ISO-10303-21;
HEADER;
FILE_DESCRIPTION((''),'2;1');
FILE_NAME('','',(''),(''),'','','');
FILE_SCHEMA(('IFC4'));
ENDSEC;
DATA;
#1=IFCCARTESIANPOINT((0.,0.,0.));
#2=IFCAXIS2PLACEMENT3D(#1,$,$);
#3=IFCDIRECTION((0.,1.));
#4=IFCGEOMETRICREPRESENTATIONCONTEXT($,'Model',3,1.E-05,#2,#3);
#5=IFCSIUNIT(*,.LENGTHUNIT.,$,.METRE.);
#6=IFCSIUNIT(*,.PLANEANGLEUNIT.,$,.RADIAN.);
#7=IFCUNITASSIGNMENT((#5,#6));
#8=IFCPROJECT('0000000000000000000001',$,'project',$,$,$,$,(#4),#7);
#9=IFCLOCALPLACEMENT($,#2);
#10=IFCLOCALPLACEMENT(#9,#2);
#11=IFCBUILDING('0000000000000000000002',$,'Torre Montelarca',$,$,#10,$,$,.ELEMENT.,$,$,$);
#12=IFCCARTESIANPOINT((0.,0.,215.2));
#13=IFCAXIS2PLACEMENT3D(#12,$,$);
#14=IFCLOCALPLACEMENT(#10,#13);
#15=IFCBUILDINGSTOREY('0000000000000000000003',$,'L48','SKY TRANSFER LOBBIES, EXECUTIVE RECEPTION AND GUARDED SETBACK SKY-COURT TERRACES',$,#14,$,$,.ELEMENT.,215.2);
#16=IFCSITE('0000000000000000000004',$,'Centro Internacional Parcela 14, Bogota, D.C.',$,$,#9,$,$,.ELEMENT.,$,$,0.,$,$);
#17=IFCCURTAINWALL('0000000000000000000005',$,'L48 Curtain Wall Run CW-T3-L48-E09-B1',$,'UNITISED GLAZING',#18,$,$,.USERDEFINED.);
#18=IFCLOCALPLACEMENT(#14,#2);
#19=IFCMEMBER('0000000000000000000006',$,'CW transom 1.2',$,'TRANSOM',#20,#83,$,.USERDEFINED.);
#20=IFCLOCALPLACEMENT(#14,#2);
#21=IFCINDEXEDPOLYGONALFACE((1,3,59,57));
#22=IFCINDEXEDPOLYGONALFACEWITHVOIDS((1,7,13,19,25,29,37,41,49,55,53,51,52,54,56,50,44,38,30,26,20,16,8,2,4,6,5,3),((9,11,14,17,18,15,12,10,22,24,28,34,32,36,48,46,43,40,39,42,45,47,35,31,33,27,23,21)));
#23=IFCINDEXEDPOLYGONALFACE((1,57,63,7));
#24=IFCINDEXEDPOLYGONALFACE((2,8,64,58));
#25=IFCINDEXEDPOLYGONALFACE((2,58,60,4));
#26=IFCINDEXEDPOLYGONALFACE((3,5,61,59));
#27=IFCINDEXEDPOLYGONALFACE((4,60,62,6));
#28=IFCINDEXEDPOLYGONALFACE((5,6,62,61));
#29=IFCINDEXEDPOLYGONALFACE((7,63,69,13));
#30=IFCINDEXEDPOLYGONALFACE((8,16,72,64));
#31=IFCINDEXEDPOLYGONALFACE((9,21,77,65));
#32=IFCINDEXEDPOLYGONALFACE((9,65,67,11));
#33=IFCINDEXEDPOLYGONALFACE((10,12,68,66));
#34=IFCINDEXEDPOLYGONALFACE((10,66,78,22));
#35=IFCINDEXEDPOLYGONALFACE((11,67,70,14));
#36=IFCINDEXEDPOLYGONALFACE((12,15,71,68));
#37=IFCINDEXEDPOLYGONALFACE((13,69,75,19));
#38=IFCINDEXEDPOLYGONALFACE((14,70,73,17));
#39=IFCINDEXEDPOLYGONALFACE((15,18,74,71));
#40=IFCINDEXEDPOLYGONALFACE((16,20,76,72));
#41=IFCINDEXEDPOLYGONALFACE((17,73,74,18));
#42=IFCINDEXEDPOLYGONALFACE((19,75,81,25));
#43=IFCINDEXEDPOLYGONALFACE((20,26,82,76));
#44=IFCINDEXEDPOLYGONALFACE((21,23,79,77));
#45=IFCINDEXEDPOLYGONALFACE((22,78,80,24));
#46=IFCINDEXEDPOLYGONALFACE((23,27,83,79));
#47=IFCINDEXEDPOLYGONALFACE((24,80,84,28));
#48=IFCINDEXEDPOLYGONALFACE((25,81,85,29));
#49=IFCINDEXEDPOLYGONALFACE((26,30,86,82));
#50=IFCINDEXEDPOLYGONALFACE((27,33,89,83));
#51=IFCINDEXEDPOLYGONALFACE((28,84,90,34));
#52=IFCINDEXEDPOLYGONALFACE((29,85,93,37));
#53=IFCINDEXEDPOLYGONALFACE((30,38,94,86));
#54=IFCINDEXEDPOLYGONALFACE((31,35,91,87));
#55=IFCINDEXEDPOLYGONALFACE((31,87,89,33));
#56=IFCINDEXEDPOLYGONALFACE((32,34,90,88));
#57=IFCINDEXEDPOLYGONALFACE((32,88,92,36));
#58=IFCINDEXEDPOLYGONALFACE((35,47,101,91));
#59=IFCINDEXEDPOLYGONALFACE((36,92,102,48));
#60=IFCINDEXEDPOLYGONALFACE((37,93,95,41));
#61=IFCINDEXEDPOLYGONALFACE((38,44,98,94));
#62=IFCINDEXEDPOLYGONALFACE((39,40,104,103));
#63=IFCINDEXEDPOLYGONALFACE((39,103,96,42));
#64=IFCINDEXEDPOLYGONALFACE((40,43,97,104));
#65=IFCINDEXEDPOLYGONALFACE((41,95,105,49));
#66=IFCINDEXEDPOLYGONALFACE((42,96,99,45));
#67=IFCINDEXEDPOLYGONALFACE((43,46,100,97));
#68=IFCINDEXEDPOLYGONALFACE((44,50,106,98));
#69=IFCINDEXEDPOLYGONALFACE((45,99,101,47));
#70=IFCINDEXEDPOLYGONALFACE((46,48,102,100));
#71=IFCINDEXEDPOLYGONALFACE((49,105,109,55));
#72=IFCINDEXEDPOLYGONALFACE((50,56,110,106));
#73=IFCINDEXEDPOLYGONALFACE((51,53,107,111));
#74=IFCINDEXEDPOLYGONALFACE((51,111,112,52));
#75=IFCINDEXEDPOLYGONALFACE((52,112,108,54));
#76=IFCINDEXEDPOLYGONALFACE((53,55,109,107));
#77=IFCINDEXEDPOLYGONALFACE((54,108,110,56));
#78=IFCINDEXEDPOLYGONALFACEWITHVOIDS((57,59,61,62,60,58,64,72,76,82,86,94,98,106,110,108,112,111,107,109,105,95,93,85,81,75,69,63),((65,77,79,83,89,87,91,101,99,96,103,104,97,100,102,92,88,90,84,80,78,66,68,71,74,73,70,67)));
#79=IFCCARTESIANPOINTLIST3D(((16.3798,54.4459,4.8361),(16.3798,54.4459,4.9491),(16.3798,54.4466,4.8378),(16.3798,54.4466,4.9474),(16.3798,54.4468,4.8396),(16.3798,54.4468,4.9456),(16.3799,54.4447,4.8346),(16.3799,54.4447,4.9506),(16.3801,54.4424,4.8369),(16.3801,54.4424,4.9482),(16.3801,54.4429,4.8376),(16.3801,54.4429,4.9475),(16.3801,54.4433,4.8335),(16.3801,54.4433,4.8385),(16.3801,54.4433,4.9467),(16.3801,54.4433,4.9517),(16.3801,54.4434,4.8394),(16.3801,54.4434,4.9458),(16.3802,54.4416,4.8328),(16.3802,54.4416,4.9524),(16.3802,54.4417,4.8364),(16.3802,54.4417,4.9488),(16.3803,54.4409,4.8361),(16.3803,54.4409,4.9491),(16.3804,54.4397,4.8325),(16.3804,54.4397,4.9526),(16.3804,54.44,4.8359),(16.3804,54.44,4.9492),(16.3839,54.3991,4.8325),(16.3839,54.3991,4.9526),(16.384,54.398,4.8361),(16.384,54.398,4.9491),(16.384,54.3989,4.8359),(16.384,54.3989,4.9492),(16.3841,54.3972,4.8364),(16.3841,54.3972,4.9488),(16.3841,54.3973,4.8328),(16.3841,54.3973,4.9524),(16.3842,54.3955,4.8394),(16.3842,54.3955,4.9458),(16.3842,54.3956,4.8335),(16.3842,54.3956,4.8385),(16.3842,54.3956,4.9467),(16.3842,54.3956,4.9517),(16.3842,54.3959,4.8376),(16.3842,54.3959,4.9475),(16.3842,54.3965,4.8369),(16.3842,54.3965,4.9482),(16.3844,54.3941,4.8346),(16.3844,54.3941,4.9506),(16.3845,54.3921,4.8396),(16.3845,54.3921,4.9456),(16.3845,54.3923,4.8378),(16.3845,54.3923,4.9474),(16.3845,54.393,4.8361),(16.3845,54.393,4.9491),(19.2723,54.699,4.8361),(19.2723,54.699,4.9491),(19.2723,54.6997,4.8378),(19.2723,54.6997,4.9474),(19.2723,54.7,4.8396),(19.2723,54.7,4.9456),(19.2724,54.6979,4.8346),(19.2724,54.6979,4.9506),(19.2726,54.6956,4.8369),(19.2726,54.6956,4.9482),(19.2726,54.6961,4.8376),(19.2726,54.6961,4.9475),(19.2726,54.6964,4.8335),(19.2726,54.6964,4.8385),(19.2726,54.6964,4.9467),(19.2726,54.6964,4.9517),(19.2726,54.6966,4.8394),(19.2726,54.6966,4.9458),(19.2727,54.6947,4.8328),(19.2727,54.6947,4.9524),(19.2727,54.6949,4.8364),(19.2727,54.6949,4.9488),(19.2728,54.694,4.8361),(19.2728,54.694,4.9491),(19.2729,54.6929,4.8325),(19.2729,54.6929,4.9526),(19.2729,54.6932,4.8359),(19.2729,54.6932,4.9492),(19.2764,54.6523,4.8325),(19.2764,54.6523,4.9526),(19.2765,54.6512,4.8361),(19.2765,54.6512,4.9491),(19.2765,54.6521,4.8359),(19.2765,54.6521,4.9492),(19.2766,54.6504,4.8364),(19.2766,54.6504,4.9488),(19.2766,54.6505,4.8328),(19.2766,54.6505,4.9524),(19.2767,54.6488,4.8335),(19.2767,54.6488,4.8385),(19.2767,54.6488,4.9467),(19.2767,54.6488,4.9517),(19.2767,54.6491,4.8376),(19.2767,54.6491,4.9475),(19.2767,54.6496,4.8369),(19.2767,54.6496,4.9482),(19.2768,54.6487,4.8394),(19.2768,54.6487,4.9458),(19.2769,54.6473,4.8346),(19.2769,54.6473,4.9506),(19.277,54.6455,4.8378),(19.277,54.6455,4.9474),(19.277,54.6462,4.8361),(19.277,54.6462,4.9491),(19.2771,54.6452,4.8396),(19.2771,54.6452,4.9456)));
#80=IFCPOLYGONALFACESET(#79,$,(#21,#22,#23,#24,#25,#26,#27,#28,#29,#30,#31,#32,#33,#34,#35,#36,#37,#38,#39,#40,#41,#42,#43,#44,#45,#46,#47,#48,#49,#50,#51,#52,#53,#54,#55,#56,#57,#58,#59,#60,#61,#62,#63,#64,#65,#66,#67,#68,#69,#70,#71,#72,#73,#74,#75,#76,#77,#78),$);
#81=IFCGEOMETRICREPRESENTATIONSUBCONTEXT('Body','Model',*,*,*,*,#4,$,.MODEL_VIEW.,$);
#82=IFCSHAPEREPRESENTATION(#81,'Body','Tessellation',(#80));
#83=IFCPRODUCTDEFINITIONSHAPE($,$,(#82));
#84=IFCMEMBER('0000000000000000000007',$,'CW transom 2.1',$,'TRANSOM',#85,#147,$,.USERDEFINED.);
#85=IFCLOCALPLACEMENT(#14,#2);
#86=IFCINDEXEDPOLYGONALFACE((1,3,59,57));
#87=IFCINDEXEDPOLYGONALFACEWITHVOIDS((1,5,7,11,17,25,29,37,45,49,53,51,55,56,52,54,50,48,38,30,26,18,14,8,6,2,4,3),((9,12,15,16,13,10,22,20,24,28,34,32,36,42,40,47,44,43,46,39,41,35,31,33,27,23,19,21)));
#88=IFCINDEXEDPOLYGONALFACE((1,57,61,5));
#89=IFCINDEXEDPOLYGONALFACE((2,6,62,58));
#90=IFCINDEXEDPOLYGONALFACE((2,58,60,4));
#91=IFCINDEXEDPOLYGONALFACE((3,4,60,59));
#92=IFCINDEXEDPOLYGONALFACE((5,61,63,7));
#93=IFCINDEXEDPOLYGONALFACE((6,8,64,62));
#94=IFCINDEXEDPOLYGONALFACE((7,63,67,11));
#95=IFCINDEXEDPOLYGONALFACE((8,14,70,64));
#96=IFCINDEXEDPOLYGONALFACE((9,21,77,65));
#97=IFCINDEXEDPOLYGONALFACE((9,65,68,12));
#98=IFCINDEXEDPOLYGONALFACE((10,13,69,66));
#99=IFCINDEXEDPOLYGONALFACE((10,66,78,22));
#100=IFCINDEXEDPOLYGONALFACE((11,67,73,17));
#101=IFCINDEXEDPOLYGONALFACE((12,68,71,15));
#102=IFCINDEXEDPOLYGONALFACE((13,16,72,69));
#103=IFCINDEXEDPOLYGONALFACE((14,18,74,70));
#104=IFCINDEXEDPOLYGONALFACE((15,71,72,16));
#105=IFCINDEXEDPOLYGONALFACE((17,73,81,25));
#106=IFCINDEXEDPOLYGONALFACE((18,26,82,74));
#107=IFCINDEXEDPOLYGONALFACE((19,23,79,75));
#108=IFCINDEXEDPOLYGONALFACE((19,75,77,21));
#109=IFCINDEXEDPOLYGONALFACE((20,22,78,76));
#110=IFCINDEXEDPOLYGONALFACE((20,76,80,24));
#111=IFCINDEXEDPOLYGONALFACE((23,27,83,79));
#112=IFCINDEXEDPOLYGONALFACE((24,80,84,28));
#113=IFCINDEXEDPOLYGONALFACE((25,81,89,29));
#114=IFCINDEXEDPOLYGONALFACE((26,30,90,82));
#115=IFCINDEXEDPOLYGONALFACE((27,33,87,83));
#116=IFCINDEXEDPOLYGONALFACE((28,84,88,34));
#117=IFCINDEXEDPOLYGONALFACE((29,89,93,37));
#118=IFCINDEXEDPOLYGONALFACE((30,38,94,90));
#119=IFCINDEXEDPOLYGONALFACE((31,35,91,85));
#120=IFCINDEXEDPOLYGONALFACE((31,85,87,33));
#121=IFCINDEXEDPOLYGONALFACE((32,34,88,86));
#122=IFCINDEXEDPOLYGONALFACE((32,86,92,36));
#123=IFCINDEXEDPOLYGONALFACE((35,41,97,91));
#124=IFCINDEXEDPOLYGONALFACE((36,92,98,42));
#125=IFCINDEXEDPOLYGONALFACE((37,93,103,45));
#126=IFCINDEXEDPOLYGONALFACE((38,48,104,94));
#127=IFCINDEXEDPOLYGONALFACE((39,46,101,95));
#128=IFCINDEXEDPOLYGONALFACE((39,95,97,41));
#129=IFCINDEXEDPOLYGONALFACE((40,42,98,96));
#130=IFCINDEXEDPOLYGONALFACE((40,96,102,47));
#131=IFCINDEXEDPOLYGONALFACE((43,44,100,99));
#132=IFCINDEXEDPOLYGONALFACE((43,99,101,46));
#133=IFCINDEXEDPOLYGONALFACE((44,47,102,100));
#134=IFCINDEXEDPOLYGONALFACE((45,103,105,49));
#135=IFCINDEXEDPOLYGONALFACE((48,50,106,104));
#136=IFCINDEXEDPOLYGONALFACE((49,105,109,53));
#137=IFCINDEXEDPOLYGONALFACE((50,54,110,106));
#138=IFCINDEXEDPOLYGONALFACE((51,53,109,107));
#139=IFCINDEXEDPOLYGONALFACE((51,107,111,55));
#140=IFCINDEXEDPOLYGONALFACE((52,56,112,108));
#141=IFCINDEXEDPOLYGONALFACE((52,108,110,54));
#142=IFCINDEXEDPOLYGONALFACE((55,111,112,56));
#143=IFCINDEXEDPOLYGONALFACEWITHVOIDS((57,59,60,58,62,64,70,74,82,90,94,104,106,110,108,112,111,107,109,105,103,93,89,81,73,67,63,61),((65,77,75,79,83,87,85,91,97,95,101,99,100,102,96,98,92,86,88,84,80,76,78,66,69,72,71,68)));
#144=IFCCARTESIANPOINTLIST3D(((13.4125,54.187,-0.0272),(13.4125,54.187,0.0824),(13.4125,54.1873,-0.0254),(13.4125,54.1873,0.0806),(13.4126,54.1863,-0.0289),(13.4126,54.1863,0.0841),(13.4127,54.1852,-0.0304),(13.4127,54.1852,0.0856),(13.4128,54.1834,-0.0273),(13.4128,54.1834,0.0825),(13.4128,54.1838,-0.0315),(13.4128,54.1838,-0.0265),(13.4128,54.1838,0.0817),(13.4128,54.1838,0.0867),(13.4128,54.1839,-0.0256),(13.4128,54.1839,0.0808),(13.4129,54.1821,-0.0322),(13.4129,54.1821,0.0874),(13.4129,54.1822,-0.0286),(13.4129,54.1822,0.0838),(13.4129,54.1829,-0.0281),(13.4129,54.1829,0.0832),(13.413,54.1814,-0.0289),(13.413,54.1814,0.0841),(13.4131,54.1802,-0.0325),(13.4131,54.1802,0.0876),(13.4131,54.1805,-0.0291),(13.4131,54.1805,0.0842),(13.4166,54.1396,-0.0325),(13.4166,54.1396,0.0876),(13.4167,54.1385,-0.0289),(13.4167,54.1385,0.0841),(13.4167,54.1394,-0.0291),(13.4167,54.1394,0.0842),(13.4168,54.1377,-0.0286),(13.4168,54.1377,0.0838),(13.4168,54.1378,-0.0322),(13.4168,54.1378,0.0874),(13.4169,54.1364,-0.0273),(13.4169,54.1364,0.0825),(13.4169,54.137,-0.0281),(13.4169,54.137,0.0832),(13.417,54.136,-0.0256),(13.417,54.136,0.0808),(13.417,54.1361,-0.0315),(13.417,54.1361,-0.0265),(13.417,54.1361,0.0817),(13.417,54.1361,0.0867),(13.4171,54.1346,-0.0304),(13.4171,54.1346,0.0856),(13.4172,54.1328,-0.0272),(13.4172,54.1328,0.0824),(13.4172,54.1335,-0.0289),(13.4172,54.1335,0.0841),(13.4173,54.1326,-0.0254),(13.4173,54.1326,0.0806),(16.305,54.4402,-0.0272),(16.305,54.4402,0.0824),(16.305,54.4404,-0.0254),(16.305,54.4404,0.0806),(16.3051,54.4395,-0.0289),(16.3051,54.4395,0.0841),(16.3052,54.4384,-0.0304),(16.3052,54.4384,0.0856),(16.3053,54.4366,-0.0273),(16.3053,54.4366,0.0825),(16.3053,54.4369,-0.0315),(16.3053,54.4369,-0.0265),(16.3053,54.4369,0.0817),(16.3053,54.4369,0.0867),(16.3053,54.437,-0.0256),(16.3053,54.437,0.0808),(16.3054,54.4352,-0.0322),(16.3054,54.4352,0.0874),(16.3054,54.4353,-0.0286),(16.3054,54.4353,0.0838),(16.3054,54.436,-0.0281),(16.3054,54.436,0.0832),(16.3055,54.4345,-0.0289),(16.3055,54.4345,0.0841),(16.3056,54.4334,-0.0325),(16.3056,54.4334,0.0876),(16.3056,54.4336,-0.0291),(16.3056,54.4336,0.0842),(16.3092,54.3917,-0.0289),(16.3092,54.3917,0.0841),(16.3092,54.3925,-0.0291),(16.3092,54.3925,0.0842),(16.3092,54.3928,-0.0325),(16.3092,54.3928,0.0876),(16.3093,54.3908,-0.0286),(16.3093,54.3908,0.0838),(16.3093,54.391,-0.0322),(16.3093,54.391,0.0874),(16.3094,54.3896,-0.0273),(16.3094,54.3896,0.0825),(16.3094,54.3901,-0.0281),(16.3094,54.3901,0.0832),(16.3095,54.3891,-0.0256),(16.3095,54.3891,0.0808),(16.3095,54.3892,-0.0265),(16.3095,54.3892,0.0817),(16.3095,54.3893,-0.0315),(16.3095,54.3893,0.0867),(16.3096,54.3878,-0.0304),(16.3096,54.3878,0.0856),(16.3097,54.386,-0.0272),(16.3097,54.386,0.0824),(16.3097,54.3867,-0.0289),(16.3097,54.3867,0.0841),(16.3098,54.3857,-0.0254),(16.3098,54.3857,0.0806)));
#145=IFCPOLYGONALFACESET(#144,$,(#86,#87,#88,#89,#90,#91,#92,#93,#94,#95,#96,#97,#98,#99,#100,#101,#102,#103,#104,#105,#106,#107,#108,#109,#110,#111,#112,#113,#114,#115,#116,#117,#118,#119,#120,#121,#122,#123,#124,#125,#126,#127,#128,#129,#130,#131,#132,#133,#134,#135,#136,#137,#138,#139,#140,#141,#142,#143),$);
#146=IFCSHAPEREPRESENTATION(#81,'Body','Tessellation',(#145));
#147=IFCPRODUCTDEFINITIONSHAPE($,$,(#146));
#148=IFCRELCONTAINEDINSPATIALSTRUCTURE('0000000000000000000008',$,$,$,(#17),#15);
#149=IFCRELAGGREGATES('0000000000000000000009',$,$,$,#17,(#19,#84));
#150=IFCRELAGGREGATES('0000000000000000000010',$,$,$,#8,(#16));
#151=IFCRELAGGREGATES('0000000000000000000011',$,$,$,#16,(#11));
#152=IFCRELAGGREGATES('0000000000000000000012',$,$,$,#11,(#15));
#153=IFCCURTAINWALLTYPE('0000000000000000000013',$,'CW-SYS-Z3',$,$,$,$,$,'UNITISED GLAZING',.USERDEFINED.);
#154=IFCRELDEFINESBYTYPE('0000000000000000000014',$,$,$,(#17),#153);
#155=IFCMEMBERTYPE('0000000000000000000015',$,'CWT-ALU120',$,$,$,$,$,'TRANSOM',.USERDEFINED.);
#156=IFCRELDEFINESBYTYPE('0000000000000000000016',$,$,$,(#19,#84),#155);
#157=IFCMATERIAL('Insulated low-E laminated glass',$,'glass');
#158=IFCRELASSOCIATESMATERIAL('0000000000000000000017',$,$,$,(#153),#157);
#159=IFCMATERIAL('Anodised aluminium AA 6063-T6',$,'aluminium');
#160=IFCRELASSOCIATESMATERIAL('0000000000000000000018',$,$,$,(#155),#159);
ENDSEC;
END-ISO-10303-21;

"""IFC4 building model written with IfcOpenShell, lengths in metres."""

from ifc_helpers import new_model, si_unit, direction, frame, origin, origin_2d, place, context, subcontext, project, spatial, hollow_rectangle, extrude, source, transform, mapped, material, material_profile, profile_set, type_object, element, aggregate, save


model = new_model("IFC4")

# Units and contexts
model_context = context("Model", 3, precision=1e-05, world=origin(), true_north=direction((0.0, 1.0)))
body_context = subcontext(model_context, "Body", "Model", "MODEL_VIEW")
ifc_project = project(units=[si_unit("LENGTHUNIT", "METRE"), si_unit("PLANEANGLEUNIT", "RADIAN")], contexts=[model_context])

# Site, building, storey
site_placement = place(None, origin())
site = spatial("IfcSite", under=ifc_project, at=site_placement, Name="Centro Internacional Parcela 14, Bogota, D.C.", CompositionType="ELEMENT", RefElevation=0.0)
building_placement = place(site_placement, origin())
building = spatial("IfcBuilding", under=site, at=building_placement, Name="Torre Montelarca", CompositionType="ELEMENT")
storey_placement = place(building_placement, frame((0.0, 0.0, 215.2)))
storey = spatial("IfcBuildingStorey", under=building, at=storey_placement, Name="L48", Description="SKY TRANSFER LOBBIES, EXECUTIVE RECEPTION AND GUARDED SETBACK SKY-COURT TERRACES", CompositionType="ELEMENT", Elevation=215.2)

# Curtain wall
ifc_material_1 = material(Name="Insulated low-E laminated glass", Category="glass")
curtain_wall_type = type_object("IfcCurtainWallType", Name="CW-SYS-Z3", ElementType="UNITISED GLAZING", PredefinedType="USERDEFINED", material=ifc_material_1)
curtain_wall_1_placement = place(storey_placement, origin())
curtain_wall_1 = element("IfcCurtainWall", 1, at=curtain_wall_1_placement, inside=storey, type_object=curtain_wall_type, Name="L48 Curtain Wall Run CW-T3-L48-E09-B1", ObjectType="UNITISED GLAZING", PredefinedType="USERDEFINED")
ifc_material_2 = material(Name="Anodised aluminium AA 6063-T6", Category="aluminium")

# Members
ifc_material_profile_1 = material_profile(ifc_material_2, hollow_rectangle(XDim=0.0549, YDim=0.1201, WallThickness=0.0034, InnerFilletRadius=0.0034, OuterFilletRadius=0.0071, at=origin_2d()), Name="ALU55X120X3.5", Category="aluminium")
ifc_profile_set_1 = profile_set([ifc_material_profile_1], Name="Anodised aluminium AA 6063-T6")
member_type_1 = type_object("IfcMemberType", Name="CWT-ALU120", ElementType="TRANSOM", PredefinedType="USERDEFINED", material=ifc_profile_set_1)
shared_shape_1 = source(origin(), body_context, "Body", "SweptSolid", [
    extrude(hollow_rectangle(XDim=0.0549, YDim=0.1201, WallThickness=0.0034, InnerFilletRadius=0.0034, OuterFilletRadius=0.0071, at=origin_2d()), origin(), (0.0, 0.0, 1.0), 2.9036),
])
member_1_placement = place(storey_placement, frame((19.2747, 54.6726, 4.8926), z_axis=(-0.996192, -0.087192, 0.0), x_axis=(0.087192, -0.996192, 0.0)))
member_1 = element("IfcMember", 2, at=member_1_placement, type_object=member_type_1, Name="CW transom 1.2", ObjectType="TRANSOM", PredefinedType="USERDEFINED", context=body_context, shape_type="MappedRepresentation", body=[
    mapped(shared_shape_1, transform((0.0, 0.0, 0.0), scale=1.0)),
])
member_2_placement = place(storey_placement, frame((16.3074, 54.4131, 0.0276), z_axis=(-0.996192, -0.087192, 0.0), x_axis=(0.087192, -0.996192, 0.0)))
member_2 = element("IfcMember", 3, at=member_2_placement, type_object=member_type_1, Name="CW transom 2.1", ObjectType="TRANSOM", PredefinedType="USERDEFINED", context=body_context, shape_type="MappedRepresentation", body=[
    mapped(shared_shape_1, transform((0.0, 0.0, 0.0), scale=1.0)),
])

aggregate(curtain_wall_1, [member_1, member_2])

save(model, "model.ifc")
